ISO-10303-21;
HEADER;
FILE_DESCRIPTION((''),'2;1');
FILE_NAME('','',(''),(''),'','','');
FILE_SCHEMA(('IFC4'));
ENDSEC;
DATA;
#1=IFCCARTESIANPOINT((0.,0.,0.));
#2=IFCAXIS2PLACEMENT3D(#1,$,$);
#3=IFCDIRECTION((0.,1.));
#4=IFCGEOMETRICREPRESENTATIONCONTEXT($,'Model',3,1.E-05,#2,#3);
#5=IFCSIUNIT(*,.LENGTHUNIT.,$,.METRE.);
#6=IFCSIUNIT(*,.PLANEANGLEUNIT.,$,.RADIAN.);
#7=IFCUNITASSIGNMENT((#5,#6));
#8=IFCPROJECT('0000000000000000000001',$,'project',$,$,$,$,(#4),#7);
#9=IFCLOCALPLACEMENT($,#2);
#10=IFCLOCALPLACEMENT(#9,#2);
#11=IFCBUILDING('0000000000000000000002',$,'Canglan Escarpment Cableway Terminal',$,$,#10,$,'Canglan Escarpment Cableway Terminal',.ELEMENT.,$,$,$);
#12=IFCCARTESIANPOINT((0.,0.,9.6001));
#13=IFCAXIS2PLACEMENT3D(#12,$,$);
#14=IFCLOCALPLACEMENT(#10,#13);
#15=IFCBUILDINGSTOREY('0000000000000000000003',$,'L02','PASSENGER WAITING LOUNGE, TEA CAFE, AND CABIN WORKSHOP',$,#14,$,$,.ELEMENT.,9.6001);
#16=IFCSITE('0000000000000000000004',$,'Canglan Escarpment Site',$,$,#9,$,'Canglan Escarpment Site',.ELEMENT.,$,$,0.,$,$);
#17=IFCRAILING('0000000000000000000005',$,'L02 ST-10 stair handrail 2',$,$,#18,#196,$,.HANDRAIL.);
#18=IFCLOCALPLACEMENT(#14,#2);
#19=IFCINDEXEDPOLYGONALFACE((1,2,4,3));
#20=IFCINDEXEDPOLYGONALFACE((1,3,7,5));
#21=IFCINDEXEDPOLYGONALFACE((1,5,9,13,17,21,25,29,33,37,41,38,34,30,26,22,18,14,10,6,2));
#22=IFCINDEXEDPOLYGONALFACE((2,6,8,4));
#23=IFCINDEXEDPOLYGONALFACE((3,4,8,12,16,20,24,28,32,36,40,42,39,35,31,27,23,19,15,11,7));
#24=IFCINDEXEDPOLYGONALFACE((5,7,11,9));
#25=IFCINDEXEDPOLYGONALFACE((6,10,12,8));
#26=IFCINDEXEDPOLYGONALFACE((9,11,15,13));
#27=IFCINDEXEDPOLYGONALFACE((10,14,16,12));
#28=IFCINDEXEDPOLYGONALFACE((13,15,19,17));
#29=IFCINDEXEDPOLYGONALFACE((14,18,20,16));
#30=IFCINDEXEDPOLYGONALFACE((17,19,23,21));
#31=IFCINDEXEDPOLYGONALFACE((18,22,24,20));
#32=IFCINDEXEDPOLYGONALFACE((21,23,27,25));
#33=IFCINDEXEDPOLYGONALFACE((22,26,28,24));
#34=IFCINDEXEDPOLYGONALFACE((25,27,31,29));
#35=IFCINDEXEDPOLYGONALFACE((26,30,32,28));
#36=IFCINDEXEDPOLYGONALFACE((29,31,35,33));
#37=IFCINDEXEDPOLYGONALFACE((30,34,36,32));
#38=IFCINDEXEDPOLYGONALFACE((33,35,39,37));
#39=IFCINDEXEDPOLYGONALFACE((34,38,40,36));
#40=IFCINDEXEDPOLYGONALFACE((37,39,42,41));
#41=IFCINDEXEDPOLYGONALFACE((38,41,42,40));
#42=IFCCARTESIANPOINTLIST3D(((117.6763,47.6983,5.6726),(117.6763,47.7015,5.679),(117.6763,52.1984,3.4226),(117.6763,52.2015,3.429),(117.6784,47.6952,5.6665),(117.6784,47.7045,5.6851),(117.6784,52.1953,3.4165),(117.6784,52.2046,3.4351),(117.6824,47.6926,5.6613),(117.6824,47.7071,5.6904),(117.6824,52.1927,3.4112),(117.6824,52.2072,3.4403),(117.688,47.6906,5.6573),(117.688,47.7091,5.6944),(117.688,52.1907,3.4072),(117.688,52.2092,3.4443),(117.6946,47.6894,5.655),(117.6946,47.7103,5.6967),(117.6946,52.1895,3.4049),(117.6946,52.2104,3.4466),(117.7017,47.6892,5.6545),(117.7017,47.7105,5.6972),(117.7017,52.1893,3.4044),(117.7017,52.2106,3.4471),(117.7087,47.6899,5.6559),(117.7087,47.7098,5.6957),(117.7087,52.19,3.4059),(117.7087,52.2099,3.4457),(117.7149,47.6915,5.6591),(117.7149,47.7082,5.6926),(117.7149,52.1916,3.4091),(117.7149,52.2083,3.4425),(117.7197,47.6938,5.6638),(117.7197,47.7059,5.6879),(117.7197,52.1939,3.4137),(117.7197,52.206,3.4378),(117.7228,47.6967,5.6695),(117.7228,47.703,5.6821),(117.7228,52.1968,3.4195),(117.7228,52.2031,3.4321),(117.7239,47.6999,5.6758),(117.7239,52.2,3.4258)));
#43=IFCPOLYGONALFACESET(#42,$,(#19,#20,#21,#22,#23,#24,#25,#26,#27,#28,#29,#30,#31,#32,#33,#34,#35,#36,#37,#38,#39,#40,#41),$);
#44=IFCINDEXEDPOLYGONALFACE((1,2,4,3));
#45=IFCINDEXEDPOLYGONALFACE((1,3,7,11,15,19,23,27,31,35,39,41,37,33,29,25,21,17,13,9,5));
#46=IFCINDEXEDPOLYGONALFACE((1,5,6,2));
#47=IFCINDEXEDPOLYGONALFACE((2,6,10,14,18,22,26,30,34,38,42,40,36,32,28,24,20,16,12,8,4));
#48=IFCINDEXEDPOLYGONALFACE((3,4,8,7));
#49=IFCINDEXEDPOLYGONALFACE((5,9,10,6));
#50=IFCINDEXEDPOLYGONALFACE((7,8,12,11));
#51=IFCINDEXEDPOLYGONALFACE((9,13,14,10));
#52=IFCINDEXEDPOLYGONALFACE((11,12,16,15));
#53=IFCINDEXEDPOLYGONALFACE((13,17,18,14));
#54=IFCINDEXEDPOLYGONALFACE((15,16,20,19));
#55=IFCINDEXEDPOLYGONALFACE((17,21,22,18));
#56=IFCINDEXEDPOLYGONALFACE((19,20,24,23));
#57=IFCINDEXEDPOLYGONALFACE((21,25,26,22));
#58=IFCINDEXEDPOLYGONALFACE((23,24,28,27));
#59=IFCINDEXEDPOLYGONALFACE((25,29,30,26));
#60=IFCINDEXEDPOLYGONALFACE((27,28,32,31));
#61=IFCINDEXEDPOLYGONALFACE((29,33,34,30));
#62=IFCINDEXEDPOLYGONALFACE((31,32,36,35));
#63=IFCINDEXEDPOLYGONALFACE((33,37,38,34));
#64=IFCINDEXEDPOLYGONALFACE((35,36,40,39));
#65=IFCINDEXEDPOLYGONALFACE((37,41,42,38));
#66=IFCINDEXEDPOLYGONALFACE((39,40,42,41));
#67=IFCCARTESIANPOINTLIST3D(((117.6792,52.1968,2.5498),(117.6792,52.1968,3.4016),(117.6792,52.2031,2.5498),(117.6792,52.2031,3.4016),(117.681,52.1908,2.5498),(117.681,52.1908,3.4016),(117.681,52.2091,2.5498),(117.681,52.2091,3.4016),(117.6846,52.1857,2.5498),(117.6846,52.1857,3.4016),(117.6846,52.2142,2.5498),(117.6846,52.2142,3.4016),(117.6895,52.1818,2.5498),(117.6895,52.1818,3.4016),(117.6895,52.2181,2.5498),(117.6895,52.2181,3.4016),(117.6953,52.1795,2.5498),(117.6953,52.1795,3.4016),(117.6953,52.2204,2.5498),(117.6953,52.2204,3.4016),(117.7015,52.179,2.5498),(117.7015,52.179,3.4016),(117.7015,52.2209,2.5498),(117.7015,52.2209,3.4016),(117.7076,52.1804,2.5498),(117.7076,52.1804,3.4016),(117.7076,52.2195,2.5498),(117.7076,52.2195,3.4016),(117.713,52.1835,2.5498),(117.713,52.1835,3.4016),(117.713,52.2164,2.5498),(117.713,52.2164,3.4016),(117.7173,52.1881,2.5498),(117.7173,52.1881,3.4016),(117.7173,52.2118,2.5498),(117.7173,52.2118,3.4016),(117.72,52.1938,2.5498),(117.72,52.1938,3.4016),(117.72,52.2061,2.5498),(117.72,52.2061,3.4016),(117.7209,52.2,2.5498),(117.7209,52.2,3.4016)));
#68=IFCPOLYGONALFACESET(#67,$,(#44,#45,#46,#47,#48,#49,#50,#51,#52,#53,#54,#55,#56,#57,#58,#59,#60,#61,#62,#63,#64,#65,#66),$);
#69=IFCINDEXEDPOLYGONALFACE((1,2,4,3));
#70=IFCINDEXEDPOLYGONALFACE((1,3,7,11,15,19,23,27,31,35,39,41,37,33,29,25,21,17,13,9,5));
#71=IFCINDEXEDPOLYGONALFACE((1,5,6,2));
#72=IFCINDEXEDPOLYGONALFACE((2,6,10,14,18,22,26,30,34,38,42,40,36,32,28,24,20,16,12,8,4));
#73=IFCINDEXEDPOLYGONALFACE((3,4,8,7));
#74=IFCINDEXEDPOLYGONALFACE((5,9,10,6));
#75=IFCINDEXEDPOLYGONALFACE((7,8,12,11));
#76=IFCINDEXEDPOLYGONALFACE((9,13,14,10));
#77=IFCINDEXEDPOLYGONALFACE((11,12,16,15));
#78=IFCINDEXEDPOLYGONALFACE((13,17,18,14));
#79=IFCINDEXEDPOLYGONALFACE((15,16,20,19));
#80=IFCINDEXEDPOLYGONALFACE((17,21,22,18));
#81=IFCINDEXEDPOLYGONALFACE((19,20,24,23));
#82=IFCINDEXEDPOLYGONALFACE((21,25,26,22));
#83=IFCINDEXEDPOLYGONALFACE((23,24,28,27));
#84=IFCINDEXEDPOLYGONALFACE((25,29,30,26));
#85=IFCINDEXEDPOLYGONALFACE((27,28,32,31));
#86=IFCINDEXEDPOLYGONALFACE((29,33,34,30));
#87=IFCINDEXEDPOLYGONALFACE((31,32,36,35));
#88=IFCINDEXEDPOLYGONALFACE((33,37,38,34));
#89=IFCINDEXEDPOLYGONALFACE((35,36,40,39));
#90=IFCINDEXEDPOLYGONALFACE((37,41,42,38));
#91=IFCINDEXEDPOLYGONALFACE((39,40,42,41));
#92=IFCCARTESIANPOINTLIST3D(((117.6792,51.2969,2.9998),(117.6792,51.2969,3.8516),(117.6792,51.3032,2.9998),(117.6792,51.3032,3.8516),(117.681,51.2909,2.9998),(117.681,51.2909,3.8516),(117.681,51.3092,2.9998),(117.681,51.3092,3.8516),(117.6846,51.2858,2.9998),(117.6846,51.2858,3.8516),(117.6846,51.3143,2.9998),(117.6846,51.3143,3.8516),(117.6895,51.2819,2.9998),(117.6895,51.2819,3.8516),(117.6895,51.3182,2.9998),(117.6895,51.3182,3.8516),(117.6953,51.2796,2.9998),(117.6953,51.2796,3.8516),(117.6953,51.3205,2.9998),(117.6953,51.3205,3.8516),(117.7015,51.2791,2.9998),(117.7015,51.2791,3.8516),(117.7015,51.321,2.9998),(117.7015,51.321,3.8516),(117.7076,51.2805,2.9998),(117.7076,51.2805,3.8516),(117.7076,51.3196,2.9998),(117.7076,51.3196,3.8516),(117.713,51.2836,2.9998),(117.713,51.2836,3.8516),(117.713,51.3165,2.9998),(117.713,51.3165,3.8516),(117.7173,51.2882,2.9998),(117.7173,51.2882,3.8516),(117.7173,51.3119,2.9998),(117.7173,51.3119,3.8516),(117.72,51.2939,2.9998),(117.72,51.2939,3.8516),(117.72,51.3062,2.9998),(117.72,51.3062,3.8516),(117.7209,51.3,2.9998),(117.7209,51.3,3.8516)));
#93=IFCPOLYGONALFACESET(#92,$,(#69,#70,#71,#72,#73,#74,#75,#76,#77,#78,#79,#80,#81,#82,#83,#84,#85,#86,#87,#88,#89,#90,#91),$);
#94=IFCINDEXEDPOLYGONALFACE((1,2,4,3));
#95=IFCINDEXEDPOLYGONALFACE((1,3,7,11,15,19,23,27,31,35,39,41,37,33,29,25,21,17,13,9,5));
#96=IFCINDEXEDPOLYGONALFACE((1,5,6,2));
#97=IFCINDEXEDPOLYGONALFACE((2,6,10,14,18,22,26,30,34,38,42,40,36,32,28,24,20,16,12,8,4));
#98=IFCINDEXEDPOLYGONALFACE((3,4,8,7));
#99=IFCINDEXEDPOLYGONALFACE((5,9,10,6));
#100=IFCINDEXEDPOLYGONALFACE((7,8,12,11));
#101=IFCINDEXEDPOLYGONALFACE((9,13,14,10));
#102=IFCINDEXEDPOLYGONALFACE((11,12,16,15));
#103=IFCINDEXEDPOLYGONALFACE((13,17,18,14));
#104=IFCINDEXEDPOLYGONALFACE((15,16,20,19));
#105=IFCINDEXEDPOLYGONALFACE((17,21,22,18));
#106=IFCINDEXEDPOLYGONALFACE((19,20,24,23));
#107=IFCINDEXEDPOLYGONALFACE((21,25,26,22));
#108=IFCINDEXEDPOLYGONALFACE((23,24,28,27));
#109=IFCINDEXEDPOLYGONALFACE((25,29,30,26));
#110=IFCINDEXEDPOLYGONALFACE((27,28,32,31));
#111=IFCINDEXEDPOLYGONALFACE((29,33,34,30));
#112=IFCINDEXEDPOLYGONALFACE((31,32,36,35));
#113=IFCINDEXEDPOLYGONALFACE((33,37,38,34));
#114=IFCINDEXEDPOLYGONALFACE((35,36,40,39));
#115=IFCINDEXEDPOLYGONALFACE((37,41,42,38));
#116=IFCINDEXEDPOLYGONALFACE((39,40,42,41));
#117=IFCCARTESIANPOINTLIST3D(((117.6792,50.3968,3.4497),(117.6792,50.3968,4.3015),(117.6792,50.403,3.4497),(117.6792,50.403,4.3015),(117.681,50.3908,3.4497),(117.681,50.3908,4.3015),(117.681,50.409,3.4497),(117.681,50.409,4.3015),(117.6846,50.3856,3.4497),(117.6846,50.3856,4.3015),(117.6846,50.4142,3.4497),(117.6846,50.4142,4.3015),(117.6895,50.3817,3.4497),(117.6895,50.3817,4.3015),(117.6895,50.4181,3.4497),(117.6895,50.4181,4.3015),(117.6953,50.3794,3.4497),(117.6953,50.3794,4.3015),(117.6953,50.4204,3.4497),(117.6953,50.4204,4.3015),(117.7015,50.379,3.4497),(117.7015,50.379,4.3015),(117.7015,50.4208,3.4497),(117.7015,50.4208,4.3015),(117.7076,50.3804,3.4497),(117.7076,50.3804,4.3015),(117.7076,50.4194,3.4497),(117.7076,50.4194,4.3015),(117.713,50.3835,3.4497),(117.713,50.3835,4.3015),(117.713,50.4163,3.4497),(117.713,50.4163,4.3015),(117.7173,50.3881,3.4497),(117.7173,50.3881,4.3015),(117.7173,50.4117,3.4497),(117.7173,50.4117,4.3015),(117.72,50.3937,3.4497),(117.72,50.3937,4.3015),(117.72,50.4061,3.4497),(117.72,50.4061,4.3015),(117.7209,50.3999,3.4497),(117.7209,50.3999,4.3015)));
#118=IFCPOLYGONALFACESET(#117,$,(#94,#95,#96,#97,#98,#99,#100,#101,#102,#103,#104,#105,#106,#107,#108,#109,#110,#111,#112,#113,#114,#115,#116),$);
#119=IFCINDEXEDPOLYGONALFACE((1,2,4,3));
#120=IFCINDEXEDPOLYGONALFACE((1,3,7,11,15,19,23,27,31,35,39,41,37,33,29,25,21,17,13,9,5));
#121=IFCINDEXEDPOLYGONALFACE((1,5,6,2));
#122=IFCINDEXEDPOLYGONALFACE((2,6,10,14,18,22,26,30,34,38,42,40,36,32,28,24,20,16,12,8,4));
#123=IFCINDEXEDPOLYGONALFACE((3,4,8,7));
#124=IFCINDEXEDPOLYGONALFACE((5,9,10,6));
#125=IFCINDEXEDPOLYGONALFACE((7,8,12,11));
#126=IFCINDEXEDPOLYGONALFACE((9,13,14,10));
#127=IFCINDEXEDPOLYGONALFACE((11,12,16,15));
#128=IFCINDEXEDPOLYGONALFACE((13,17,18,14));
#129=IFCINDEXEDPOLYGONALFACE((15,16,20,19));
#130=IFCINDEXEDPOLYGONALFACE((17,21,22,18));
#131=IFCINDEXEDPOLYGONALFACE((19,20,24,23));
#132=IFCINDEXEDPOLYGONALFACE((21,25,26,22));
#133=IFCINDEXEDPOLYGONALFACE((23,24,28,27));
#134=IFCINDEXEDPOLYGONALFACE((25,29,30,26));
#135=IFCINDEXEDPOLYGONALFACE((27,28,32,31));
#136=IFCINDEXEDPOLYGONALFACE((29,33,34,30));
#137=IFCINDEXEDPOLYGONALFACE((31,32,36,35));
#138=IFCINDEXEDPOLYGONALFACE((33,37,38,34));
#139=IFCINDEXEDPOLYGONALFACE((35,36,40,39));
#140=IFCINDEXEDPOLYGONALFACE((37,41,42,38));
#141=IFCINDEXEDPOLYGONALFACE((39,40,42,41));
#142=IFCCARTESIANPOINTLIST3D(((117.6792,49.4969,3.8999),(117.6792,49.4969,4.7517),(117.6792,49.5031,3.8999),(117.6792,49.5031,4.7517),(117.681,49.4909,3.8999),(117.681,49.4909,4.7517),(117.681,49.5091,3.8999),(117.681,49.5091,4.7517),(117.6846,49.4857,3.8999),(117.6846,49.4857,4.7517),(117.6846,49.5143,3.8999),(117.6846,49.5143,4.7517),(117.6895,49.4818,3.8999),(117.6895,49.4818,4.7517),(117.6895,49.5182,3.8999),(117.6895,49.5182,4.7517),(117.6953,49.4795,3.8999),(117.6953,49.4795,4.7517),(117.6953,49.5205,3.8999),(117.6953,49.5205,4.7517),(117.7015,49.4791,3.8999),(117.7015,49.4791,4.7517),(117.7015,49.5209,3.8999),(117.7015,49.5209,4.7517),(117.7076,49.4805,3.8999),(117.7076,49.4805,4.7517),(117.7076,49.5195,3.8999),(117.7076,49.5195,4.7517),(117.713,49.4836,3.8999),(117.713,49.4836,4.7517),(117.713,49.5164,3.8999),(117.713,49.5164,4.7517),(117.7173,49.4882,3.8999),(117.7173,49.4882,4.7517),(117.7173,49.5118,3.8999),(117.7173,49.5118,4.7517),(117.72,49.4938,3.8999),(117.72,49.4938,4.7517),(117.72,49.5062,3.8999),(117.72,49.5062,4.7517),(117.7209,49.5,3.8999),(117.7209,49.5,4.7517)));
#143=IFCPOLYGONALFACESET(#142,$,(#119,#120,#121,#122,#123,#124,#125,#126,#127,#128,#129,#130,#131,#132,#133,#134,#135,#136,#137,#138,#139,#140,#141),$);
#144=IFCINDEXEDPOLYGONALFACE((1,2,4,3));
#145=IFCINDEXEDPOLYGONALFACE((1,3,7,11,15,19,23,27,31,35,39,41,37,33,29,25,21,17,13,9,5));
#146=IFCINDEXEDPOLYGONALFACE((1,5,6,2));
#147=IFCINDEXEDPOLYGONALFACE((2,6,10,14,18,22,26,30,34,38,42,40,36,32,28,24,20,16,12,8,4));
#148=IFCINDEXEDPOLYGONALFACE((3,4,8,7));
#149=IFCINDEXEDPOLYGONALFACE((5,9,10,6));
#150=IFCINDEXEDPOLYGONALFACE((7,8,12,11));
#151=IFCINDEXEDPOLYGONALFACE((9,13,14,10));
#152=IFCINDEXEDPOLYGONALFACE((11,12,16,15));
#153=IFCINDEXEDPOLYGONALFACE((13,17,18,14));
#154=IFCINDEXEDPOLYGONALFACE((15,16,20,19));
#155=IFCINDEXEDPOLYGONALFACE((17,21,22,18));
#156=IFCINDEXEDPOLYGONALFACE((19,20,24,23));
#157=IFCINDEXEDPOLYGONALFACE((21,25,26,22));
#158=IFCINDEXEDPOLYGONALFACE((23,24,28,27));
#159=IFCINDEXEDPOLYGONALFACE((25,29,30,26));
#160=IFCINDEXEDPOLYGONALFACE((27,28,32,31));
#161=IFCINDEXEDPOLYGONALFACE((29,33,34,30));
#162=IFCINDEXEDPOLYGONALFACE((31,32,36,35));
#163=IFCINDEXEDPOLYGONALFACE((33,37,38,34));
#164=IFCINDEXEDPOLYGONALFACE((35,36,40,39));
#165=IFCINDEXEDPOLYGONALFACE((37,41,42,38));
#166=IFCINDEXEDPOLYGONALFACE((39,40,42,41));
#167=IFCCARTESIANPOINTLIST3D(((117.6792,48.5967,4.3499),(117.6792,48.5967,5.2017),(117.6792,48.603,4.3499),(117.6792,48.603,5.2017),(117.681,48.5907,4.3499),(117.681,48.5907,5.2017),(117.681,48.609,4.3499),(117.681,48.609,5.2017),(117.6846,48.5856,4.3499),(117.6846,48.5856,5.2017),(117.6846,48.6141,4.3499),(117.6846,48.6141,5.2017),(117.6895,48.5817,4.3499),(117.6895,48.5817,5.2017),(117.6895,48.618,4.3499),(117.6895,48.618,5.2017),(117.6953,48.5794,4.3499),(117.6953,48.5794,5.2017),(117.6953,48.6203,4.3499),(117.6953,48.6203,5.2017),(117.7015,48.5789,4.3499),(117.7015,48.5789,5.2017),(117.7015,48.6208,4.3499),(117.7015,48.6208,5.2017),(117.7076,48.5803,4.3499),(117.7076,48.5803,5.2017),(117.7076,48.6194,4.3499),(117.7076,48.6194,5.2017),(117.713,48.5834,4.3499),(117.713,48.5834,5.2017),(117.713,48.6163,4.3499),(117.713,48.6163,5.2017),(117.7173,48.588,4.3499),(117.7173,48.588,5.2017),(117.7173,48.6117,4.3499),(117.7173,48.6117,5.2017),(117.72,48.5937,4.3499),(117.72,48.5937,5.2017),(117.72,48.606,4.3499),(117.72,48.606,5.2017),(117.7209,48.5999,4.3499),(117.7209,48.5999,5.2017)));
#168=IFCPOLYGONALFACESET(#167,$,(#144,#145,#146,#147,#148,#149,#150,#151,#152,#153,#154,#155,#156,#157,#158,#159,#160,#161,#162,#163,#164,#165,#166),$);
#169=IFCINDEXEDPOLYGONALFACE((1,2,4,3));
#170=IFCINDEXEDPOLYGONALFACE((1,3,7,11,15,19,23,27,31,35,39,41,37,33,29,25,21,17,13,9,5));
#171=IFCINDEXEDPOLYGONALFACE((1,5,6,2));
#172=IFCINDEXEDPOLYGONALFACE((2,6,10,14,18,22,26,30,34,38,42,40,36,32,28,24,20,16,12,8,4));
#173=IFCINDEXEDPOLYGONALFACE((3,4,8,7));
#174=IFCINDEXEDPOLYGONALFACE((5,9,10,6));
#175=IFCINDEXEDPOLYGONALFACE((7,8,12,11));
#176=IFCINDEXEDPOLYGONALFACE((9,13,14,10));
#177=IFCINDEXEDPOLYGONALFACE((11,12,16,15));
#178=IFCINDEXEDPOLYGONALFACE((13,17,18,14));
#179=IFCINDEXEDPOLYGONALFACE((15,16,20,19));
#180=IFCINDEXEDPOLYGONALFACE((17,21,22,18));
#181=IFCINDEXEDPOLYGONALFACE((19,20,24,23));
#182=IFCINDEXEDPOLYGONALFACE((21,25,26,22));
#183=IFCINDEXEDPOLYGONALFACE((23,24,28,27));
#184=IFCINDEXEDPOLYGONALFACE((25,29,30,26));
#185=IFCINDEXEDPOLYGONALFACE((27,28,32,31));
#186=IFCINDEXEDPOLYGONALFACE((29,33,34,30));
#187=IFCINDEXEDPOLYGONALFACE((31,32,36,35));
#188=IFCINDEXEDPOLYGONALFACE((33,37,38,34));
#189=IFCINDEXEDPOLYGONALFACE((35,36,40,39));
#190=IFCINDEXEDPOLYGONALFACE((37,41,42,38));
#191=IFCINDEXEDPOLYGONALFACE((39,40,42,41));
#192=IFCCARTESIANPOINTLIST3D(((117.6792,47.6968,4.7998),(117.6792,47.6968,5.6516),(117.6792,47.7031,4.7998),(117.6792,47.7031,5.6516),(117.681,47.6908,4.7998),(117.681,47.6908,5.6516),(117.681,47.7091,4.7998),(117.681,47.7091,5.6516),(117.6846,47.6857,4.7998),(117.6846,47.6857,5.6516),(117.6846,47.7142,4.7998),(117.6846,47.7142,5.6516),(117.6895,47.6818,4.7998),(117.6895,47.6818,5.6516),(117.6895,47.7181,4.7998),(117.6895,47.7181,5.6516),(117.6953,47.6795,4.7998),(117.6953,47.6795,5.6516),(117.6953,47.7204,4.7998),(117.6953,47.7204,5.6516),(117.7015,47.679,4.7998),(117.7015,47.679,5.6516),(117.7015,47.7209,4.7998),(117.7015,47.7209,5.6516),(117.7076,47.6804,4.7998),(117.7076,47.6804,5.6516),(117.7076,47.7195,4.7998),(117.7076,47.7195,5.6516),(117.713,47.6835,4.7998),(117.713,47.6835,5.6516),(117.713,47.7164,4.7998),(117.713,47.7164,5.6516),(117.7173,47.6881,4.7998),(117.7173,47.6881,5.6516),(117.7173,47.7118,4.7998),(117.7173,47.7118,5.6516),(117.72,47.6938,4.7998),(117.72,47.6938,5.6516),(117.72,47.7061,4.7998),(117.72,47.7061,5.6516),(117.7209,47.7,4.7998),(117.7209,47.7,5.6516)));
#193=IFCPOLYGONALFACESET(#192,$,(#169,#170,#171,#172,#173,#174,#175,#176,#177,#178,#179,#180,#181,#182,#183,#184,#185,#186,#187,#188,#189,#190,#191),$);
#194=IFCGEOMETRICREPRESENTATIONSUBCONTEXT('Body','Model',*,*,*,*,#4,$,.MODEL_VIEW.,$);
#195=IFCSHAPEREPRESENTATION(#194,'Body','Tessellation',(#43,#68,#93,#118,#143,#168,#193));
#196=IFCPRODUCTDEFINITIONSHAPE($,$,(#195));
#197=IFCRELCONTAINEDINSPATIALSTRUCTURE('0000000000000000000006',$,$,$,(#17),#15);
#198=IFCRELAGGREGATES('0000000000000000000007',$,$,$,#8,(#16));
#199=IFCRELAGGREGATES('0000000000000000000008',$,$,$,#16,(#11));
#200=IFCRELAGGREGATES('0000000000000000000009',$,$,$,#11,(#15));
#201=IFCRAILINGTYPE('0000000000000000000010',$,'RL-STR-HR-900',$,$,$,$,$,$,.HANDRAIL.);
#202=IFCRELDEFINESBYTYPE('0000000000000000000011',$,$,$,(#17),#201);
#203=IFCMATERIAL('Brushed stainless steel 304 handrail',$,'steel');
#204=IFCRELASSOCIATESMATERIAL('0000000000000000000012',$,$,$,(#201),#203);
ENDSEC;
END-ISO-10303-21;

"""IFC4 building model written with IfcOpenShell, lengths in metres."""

from ifc_helpers import new_model, si_unit, direction, frame, origin, origin_2d, place, context, subcontext, project, spatial, circle, extrude, material, type_object, element, save


model = new_model("IFC4")

# Units and contexts
model_context = context("Model", 3, precision=1e-05, world=origin(), true_north=direction((0.0, 1.0)))
body_context = subcontext(model_context, "Body", "Model", "MODEL_VIEW")
ifc_project = project(units=[si_unit("LENGTHUNIT", "METRE"), si_unit("PLANEANGLEUNIT", "RADIAN")], contexts=[model_context])

# Site, building, storey
site_placement = place(None, origin())
site = spatial("IfcSite", under=ifc_project, at=site_placement, Name="Canglan Escarpment Site", LongName="Canglan Escarpment Site", CompositionType="ELEMENT", RefElevation=0.0)
building_placement = place(site_placement, origin())
building = spatial("IfcBuilding", under=site, at=building_placement, Name="Canglan Escarpment Cableway Terminal", LongName="Canglan Escarpment Cableway Terminal", CompositionType="ELEMENT")
storey_placement = place(building_placement, frame((0.0, 0.0, 9.6001)))
storey = spatial("IfcBuildingStorey", under=building, at=storey_placement, Name="L02", Description="PASSENGER WAITING LOUNGE, TEA CAFE, AND CABIN WORKSHOP", CompositionType="ELEMENT", Elevation=9.6001)

# Railing
ifc_material_1 = material(Name="Brushed stainless steel 304 handrail", Category="steel")
railing_type_1 = type_object("IfcRailingType", Name="RL-STR-HR-900", PredefinedType="HANDRAIL", material=ifc_material_1)
railing_1_placement = place(storey_placement, frame((117.7, 52.2, 2.5498)))
element("IfcRailing", 1, at=railing_1_placement, inside=storey, type_object=railing_type_1, Name="L02 ST-10 stair handrail 2", PredefinedType="HANDRAIL", context=body_context, shape_type="SweptSolid", body=[
    extrude(circle(Radius=0.0239, at=origin_2d()), frame((0.0, 0.0, 0.876), z_axis=(0.0, -0.894427, 0.447214), x_axis=(1.0, 0.0, 0.0)), (0.0, 0.0, 1.0), 5.0312),
    extrude(circle(Radius=0.021, at=origin_2d()), origin(), (0.0, 0.0, 1.0), 0.8518),
    extrude(circle(Radius=0.021, at=origin_2d()), frame((0.0, -0.8999, 0.45)), (0.0, 0.0, 1.0), 0.8518),
    extrude(circle(Radius=0.021, at=origin_2d()), frame((0.0, -1.8, 0.8999)), (0.0, 0.0, 1.0), 0.8518),
    extrude(circle(Radius=0.021, at=origin_2d()), frame((0.0, -2.7, 1.3501)), (0.0, 0.0, 1.0), 0.8518),
    extrude(circle(Radius=0.021, at=origin_2d()), frame((0.0, -3.6001, 1.8)), (0.0, 0.0, 1.0), 0.8518),
    extrude(circle(Radius=0.021, at=origin_2d()), frame((0.0, -4.5, 2.25)), (0.0, 0.0, 1.0), 0.8518),
])

save(model, "model.ifc")
